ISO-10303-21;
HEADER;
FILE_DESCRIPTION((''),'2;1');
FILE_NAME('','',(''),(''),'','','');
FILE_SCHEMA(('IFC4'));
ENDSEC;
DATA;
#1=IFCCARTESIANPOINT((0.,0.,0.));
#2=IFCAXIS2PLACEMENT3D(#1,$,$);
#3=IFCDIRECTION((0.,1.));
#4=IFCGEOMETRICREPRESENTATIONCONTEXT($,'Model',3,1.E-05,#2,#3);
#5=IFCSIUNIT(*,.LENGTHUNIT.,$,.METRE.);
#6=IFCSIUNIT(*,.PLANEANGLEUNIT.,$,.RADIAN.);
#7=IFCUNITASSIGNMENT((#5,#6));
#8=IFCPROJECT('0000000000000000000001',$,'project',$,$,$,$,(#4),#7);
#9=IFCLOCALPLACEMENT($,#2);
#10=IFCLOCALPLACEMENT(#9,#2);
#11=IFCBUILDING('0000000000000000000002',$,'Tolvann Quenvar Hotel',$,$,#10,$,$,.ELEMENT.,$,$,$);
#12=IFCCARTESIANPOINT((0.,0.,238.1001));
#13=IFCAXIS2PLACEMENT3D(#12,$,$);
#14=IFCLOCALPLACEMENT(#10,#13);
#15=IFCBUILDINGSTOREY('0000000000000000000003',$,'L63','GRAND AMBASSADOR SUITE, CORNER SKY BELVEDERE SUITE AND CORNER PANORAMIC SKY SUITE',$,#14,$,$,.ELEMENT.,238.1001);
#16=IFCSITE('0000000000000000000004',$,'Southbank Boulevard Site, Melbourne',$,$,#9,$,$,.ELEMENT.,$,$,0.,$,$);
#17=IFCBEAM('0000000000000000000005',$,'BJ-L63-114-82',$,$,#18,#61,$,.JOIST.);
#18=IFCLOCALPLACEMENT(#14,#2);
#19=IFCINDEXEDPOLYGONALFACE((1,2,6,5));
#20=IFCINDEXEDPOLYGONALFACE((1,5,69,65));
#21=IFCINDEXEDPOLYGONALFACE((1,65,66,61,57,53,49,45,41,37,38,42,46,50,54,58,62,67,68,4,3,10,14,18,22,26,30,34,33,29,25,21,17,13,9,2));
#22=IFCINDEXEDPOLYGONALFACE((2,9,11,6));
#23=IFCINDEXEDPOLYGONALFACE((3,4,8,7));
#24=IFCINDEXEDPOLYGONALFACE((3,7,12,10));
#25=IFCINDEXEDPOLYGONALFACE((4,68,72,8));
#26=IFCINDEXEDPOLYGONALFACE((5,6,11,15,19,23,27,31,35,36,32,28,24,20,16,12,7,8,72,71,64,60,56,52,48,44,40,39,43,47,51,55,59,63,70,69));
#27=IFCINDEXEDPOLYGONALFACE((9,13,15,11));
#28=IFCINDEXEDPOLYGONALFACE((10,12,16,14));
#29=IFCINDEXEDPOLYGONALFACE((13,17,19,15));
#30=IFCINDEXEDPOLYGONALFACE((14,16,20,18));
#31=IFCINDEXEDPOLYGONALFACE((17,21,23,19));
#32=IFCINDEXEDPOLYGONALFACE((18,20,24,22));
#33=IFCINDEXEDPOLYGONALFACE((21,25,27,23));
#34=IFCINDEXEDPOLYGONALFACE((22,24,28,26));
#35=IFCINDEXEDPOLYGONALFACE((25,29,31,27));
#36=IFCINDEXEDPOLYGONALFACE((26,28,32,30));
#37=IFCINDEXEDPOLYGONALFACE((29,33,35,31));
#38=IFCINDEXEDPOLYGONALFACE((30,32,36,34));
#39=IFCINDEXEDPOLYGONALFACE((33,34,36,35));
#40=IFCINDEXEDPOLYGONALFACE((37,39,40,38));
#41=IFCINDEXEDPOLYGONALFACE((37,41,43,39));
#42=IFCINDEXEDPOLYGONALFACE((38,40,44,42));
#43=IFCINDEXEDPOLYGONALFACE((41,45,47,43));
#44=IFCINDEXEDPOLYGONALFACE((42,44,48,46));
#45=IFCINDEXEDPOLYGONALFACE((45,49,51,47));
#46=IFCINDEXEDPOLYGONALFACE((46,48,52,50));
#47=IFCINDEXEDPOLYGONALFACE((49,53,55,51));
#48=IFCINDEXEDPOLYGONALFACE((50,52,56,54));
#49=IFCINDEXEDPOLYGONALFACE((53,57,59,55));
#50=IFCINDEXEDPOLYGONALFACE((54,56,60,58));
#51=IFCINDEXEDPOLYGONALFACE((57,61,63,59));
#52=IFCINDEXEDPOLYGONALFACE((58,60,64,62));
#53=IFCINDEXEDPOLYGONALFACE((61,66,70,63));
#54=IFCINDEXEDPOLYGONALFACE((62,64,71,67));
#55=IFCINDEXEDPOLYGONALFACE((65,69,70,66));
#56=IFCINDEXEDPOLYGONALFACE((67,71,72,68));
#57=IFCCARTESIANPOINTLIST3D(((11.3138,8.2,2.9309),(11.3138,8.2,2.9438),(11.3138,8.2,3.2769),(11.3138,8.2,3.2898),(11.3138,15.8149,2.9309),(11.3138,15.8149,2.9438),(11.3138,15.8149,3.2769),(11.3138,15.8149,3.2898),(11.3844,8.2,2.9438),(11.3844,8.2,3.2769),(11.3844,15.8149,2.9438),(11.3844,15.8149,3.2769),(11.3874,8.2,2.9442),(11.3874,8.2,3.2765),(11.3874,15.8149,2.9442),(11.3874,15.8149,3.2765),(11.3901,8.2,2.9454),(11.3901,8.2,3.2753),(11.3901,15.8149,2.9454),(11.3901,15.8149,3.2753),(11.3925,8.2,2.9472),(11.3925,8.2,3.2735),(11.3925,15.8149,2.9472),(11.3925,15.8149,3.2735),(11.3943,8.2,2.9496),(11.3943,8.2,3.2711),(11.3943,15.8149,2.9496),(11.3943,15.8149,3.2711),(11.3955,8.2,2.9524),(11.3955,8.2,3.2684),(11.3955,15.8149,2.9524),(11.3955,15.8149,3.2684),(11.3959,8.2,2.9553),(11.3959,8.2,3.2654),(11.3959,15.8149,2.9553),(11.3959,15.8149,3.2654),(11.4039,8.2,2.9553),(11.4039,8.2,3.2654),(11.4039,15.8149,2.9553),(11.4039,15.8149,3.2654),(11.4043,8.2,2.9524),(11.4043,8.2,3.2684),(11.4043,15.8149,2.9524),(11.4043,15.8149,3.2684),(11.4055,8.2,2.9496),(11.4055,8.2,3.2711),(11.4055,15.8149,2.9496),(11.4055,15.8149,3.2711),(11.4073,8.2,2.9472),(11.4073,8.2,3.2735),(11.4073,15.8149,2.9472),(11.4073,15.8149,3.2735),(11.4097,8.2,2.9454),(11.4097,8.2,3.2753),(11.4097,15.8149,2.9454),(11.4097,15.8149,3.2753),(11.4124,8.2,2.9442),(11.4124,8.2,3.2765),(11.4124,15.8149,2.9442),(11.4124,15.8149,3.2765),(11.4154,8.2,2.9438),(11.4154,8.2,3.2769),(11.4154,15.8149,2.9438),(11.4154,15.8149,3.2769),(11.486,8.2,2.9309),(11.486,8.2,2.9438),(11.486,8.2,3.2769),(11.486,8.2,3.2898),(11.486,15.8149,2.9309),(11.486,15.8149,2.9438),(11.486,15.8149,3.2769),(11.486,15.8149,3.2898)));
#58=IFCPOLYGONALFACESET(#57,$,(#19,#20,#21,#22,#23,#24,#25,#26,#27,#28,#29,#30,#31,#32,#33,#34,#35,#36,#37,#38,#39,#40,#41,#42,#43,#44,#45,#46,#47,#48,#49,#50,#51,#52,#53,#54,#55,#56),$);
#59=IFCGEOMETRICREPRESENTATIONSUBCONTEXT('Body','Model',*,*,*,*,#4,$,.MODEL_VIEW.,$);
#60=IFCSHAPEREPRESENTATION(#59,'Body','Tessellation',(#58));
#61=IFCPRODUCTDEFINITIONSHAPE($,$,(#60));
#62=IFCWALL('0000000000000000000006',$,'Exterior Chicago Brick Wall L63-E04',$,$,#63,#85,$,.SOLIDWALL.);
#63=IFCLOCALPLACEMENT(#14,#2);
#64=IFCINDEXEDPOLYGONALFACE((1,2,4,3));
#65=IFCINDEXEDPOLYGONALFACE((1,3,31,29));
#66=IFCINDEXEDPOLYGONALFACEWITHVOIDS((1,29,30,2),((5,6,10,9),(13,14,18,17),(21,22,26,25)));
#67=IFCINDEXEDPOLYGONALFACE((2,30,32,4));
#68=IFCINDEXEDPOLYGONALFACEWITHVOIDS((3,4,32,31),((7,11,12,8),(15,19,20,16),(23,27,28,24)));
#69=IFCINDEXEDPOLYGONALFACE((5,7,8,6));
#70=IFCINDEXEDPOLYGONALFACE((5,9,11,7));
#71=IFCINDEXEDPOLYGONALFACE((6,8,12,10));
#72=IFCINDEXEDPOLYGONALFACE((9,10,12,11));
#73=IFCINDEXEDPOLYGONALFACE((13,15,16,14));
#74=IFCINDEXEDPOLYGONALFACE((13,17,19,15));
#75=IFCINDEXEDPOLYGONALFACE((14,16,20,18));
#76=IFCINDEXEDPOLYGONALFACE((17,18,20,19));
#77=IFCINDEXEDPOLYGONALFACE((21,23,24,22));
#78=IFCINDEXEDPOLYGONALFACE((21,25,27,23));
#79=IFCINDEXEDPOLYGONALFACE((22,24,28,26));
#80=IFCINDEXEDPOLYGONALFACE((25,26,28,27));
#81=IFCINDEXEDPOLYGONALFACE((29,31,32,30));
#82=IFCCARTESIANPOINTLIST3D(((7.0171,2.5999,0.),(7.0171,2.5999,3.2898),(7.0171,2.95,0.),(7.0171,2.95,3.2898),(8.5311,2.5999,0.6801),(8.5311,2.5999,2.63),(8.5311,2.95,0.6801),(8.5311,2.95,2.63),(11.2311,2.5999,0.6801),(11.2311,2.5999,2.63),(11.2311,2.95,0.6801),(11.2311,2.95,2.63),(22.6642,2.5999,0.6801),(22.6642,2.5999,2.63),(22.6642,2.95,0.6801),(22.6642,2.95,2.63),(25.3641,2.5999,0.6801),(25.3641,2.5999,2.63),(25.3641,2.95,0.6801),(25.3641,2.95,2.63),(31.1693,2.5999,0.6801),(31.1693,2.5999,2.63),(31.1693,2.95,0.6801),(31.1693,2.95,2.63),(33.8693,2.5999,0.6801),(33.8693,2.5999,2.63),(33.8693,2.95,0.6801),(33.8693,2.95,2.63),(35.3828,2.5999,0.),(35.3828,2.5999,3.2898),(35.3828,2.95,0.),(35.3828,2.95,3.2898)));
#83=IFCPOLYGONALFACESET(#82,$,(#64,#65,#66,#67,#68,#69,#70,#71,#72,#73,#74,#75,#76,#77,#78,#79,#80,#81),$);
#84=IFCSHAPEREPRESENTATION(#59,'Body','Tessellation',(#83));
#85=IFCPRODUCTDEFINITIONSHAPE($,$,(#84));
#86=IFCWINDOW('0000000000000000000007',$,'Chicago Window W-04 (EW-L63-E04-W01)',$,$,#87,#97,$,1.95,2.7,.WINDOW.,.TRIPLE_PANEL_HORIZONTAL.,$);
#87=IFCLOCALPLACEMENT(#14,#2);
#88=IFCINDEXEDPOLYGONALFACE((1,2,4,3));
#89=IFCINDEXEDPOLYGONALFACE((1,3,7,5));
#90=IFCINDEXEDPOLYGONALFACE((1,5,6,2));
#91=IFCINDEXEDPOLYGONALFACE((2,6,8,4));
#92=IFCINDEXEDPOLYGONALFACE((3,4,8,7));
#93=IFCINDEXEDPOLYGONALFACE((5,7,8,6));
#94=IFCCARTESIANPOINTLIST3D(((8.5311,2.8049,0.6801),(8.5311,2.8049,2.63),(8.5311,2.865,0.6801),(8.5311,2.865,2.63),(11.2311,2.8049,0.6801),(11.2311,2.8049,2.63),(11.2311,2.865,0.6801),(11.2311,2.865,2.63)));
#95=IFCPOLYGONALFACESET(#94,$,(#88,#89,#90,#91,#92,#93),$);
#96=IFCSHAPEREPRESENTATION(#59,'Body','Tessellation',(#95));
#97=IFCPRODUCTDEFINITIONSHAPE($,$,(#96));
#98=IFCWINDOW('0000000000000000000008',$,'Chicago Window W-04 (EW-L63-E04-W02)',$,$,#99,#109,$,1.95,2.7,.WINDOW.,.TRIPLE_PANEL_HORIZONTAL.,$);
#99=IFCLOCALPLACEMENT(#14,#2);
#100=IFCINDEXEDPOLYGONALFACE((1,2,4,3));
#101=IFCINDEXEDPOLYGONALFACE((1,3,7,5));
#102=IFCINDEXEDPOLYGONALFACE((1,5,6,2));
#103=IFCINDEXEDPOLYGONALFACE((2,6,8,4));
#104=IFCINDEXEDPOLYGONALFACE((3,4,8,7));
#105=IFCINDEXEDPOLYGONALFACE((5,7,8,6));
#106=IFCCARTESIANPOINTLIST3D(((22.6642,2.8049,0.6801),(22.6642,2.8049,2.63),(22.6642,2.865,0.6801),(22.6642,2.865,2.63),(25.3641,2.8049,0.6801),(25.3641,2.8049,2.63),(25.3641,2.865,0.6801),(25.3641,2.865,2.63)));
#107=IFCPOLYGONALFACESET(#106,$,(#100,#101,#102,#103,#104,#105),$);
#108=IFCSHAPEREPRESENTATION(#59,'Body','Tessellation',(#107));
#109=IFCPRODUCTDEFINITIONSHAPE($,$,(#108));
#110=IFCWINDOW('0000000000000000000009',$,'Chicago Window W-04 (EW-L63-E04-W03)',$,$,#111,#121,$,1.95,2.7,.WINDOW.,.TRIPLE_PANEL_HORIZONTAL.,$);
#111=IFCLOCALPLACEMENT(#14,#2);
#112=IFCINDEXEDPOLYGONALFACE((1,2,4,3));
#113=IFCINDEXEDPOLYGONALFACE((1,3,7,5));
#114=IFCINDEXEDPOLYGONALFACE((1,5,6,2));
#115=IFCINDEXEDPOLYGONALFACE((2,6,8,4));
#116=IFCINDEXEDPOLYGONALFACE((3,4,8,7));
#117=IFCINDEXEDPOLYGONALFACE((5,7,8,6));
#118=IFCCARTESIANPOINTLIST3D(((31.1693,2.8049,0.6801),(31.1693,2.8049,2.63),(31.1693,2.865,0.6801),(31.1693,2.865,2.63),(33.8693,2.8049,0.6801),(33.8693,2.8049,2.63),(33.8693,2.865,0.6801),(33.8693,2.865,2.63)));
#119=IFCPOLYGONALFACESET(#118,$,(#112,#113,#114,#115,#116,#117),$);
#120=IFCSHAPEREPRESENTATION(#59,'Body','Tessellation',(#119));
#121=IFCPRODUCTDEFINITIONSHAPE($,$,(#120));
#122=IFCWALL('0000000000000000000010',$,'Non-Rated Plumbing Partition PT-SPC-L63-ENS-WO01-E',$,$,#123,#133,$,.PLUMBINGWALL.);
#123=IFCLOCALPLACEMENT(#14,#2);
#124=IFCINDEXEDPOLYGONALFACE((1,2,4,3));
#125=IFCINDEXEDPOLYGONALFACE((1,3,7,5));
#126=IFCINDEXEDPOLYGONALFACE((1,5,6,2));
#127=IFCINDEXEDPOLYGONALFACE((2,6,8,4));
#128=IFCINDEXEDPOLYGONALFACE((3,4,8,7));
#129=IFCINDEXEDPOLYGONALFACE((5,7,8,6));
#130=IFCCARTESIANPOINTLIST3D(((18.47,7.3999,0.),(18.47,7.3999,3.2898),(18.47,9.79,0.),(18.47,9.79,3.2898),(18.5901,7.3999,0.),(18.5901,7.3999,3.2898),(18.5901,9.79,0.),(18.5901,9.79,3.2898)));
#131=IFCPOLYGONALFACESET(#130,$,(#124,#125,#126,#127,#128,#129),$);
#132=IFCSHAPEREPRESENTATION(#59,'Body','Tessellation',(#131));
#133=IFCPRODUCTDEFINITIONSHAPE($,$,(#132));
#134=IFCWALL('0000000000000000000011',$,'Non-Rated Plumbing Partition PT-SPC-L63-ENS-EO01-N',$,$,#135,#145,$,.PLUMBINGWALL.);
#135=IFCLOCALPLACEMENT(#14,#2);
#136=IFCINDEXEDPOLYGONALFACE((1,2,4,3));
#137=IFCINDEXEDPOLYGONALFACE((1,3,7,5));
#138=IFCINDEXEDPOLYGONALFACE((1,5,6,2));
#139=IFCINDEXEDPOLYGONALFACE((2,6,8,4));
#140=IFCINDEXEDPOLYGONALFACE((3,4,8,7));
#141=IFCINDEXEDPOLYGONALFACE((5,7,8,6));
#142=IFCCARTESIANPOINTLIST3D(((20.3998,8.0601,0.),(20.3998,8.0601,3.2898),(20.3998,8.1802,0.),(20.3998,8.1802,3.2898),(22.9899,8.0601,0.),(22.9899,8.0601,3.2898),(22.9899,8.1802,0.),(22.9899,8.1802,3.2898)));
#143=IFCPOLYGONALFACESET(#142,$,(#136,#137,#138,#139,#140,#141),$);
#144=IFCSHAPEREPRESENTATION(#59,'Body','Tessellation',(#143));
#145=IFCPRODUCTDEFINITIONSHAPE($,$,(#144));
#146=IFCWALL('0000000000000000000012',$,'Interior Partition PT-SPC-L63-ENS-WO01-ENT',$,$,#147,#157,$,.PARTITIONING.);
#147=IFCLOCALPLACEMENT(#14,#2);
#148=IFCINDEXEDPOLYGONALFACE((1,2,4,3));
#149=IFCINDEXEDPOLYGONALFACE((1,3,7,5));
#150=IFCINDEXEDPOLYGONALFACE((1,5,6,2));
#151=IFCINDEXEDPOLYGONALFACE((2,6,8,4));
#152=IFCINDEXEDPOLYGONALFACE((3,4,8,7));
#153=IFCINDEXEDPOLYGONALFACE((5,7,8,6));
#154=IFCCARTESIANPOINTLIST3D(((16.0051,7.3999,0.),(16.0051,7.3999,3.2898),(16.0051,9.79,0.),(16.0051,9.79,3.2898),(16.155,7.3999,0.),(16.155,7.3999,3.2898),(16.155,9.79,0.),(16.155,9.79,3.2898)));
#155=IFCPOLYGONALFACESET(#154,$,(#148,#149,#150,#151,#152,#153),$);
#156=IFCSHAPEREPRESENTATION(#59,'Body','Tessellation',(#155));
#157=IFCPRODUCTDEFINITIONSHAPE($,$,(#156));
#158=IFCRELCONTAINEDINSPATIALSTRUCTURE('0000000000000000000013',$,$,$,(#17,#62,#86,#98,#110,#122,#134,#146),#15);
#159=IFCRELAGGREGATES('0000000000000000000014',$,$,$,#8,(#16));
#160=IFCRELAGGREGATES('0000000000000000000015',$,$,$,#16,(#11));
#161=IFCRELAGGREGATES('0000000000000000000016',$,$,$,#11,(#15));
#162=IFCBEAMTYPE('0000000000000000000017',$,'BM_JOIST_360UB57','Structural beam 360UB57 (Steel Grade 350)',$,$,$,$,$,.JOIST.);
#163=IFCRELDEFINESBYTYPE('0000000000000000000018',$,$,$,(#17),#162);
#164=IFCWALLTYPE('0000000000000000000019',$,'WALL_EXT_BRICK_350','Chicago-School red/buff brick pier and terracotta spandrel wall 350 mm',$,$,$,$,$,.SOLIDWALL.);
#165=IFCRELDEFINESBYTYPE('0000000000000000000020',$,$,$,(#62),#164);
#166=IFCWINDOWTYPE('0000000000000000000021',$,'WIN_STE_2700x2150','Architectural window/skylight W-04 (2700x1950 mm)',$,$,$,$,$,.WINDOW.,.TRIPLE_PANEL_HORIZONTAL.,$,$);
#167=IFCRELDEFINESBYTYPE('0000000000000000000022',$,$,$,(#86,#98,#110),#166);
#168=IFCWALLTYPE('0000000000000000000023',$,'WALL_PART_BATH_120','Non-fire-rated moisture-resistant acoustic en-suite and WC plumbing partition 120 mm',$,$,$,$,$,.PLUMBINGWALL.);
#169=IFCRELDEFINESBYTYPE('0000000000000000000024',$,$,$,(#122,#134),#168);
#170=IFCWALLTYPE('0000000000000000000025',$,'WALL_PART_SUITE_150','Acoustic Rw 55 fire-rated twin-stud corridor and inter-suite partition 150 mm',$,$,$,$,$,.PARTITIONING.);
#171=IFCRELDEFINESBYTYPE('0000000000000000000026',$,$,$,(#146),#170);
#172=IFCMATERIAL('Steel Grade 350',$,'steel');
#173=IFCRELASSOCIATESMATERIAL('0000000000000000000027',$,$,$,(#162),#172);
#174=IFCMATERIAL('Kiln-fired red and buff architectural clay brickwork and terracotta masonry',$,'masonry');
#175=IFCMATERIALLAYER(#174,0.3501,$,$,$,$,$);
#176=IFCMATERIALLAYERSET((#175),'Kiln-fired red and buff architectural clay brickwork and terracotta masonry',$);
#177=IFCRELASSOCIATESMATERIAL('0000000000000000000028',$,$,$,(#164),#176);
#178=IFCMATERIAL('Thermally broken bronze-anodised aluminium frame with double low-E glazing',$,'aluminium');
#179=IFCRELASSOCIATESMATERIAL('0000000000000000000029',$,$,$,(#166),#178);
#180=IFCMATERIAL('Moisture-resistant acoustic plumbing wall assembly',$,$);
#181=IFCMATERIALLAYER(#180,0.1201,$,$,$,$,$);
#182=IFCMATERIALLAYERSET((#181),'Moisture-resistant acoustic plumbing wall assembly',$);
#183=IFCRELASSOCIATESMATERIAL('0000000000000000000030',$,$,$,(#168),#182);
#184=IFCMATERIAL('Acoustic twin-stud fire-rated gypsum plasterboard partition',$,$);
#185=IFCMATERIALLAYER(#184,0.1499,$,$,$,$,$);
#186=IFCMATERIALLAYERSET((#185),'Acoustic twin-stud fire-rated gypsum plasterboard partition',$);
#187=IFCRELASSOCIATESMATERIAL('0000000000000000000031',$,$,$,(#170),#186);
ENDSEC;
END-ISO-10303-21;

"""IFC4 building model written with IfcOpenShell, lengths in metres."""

from ifc_helpers import new_model, si_unit, direction, frame, frame_2d, origin, origin_2d, place, context, subcontext, project, spatial, rectangle, i_section, extrude, source, transform, mapped, material, layer, layer_set, material_profile, profile_set, type_object, type_shapes, element, fill, save


model = new_model("IFC4")

# Units and contexts
model_context = context("Model", 3, precision=1e-05, world=origin(), true_north=direction((0.0, 1.0)))
body_context = subcontext(model_context, "Body", "Model", "MODEL_VIEW")
ifc_project = project(units=[si_unit("LENGTHUNIT", "METRE"), si_unit("PLANEANGLEUNIT", "RADIAN")], contexts=[model_context])

# Site, building, storey
site_placement = place(None, origin())
site = spatial("IfcSite", under=ifc_project, at=site_placement, Name="Southbank Boulevard Site, Melbourne", CompositionType="ELEMENT", RefElevation=0.0)
building_placement = place(site_placement, origin())
building = spatial("IfcBuilding", under=site, at=building_placement, Name="Tolvann Quenvar Hotel", CompositionType="ELEMENT")
storey_placement = place(building_placement, frame((0.0, 0.0, 238.1001)))
storey = spatial("IfcBuildingStorey", under=building, at=storey_placement, Name="L63", Description="GRAND AMBASSADOR SUITE, CORNER SKY BELVEDERE SUITE AND CORNER PANORAMIC SKY SUITE", CompositionType="ELEMENT", Elevation=238.1001)

# Shared definitions
ifc_material_1 = material(Name="Steel Grade 350", Category="steel")

# Beam
ifc_material_profile_1 = material_profile(ifc_material_1, i_section(OverallWidth=0.1721, OverallDepth=0.3589, WebThickness=0.0081, FlangeThickness=0.0129, FilletRadius=0.0115, at=origin_2d()), Name="360UB57")
ifc_profile_set_1 = profile_set([ifc_material_profile_1], Name="Steel Grade 350")
beam_type_1 = type_object("IfcBeamType", Name="BM_JOIST_360UB57", Description="Structural beam 360UB57 (Steel Grade 350)", PredefinedType="JOIST", material=ifc_profile_set_1)
shared_shape_1 = source(origin(), body_context, "Body", "SweptSolid", [
    extrude(i_section(OverallWidth=0.1721, OverallDepth=0.3589, WebThickness=0.0081, FlangeThickness=0.0129, FilletRadius=0.0115, at=origin_2d()), origin(), (0.0, 0.0, 1.0), 7.615),
])
type_shapes(beam_type_1, [shared_shape_1])
beam_1_placement = place(storey_placement, frame((11.3999, 8.2, 3.1104), z_axis=(0.0, 1.0, 0.0), x_axis=(-1.0, 0.0, 0.0)))
element("IfcBeam", 1, at=beam_1_placement, inside=storey, type_object=beam_type_1, Name="BJ-L63-114-82", PredefinedType="JOIST", context=body_context, shape_type="MappedRepresentation", body=[
    mapped(shared_shape_1, transform((0.0, 0.0, 0.0), x_axis=(1.0, 0.0, 0.0), y_axis=(0.0, 1.0, 0.0), z_axis=(0.0, 0.0, 1.0), scale=1.0)),
])

# Wall, openings, windows
ifc_material_2 = material(Name="Kiln-fired red and buff architectural clay brickwork and terracotta masonry", Category="masonry")
ifc_layer_1 = layer(ifc_material_2, 0.3501)
ifc_layer_set_1 = layer_set([ifc_layer_1], Name="Kiln-fired red and buff architectural clay brickwork and terracotta masonry")
wall_type_1 = type_object("IfcWallType", Name="WALL_EXT_BRICK_350", Description="Chicago-School red/buff brick pier and terracotta spandrel wall 350 mm", PredefinedType="SOLIDWALL", material=ifc_layer_set_1)
wall_1_placement = place(storey_placement, frame((7.0171, 2.7749, 0.0), z_axis=(0.0, 0.0, 1.0), x_axis=(1.0, 0.0, 0.0)))
wall_1 = element("IfcWall", 2, at=wall_1_placement, inside=storey, type_object=wall_type_1, Name="Exterior Chicago Brick Wall L63-E04", PredefinedType="SOLIDWALL", context=body_context, shape_type="SweptSolid", body=[
    extrude(rectangle(XDim=28.3657, YDim=0.3501, at=frame_2d((14.1829, 0.0))), origin(), (0.0, 0.0, 1.0), 3.2898),
])
opening_1_placement = place(wall_1_placement, frame((1.5139, 0.0, 0.6799)))
opening_1 = element("IfcOpeningElement", 3, at=opening_1_placement, cuts=wall_1, PredefinedType="OPENING", context=body_context, shape_type="SweptSolid", body=[
    extrude(rectangle(XDim=2.7, YDim=1.95, at=frame_2d((1.3501, 0.9751))), frame((0.0, 0.1851, 0.0), z_axis=(0.0, -1.0, 0.0), x_axis=(1.0, 0.0, 0.0)), (0.0, 0.0, 1.0), 0.3701),
])
opening_2_placement = place(wall_1_placement, frame((15.647, 0.0, 0.6799)))
opening_2 = element("IfcOpeningElement", 4, at=opening_2_placement, cuts=wall_1, PredefinedType="OPENING", context=body_context, shape_type="SweptSolid", body=[
    extrude(rectangle(XDim=2.7, YDim=1.95, at=frame_2d((1.3501, 0.9751))), frame((0.0, 0.1851, 0.0), z_axis=(0.0, -1.0, 0.0), x_axis=(1.0, 0.0, 0.0)), (0.0, 0.0, 1.0), 0.3701),
])
opening_3_placement = place(wall_1_placement, frame((24.1521, 0.0, 0.6799)))
opening_3 = element("IfcOpeningElement", 5, at=opening_3_placement, cuts=wall_1, PredefinedType="OPENING", context=body_context, shape_type="SweptSolid", body=[
    extrude(rectangle(XDim=2.7, YDim=1.95, at=frame_2d((1.3501, 0.9751))), frame((0.0, 0.1851, 0.0), z_axis=(0.0, -1.0, 0.0), x_axis=(1.0, 0.0, 0.0)), (0.0, 0.0, 1.0), 0.3701),
])
ifc_material_3 = material(Name="Thermally broken bronze-anodised aluminium frame with double low-E glazing", Category="aluminium")
window_type = type_object("IfcWindowType", Name="WIN_STE_2700x2150", Description="Architectural window/skylight W-04 (2700x1950 mm)", PartitioningType="TRIPLE_PANEL_HORIZONTAL", PredefinedType="WINDOW", material=ifc_material_3)
shared_shape_2 = source(origin(), body_context, "Body", "SweptSolid", [
    extrude(rectangle(XDim=2.7, YDim=1.95, at=frame_2d((1.3501, 0.9751))), frame((0.0, 0.0901, 0.0), z_axis=(0.0, -1.0, 0.0), x_axis=(1.0, 0.0, 0.0)), (0.0, 0.0, 1.0), 0.0601),
])
type_shapes(window_type, [shared_shape_2])
window_1_placement = place(opening_1_placement, origin())
window_1 = element("IfcWindow", 6, at=window_1_placement, inside=storey, type_object=window_type, Name="Chicago Window W-04 (EW-L63-E04-W01)", OverallHeight=1.95, OverallWidth=2.7, PartitioningType="TRIPLE_PANEL_HORIZONTAL", PredefinedType="WINDOW", context=body_context, shape_type="MappedRepresentation", body=[
    mapped(shared_shape_2, transform((0.0, 0.0, 0.0), x_axis=(1.0, 0.0, 0.0), y_axis=(0.0, 1.0, 0.0), z_axis=(0.0, 0.0, 1.0), scale=1.0)),
])
fill(opening_1, window_1)
window_2_placement = place(opening_2_placement, origin())
window_2 = element("IfcWindow", 7, at=window_2_placement, inside=storey, type_object=window_type, Name="Chicago Window W-04 (EW-L63-E04-W02)", OverallHeight=1.95, OverallWidth=2.7, PartitioningType="TRIPLE_PANEL_HORIZONTAL", PredefinedType="WINDOW", context=body_context, shape_type="MappedRepresentation", body=[
    mapped(shared_shape_2, transform((0.0, 0.0, 0.0), x_axis=(1.0, 0.0, 0.0), y_axis=(0.0, 1.0, 0.0), z_axis=(0.0, 0.0, 1.0), scale=1.0)),
])
fill(opening_2, window_2)
window_3_placement = place(opening_3_placement, origin())
window_3 = element("IfcWindow", 8, at=window_3_placement, inside=storey, type_object=window_type, Name="Chicago Window W-04 (EW-L63-E04-W03)", OverallHeight=1.95, OverallWidth=2.7, PartitioningType="TRIPLE_PANEL_HORIZONTAL", PredefinedType="WINDOW", context=body_context, shape_type="MappedRepresentation", body=[
    mapped(shared_shape_2, transform((0.0, 0.0, 0.0), x_axis=(1.0, 0.0, 0.0), y_axis=(0.0, 1.0, 0.0), z_axis=(0.0, 0.0, 1.0), scale=1.0)),
])
fill(opening_3, window_3)

# Walls
ifc_material_4 = material(Name="Moisture-resistant acoustic plumbing wall assembly")
ifc_layer_2 = layer(ifc_material_4, 0.1201)
ifc_layer_set_2 = layer_set([ifc_layer_2], Name="Moisture-resistant acoustic plumbing wall assembly")
wall_type_2 = type_object("IfcWallType", Name="WALL_PART_BATH_120", Description="Non-fire-rated moisture-resistant acoustic en-suite and WC plumbing partition 120 mm", PredefinedType="PLUMBINGWALL", material=ifc_layer_set_2)
wall_2_placement = place(storey_placement, frame((18.53, 7.3999, 0.0), z_axis=(0.0, 0.0, 1.0), x_axis=(0.0, 1.0, 0.0)))
element("IfcWall", 9, at=wall_2_placement, inside=storey, type_object=wall_type_2, Name="Non-Rated Plumbing Partition PT-SPC-L63-ENS-WO01-E", PredefinedType="PLUMBINGWALL", context=body_context, shape_type="SweptSolid", body=[
    extrude(rectangle(XDim=2.3901, YDim=0.1201, at=frame_2d((1.1951, 0.0))), origin(), (0.0, 0.0, 1.0), 3.2898),
])
wall_3_placement = place(storey_placement, frame((20.3999, 8.1201, 0.0), z_axis=(0.0, 0.0, 1.0), x_axis=(1.0, 0.0, 0.0)))
element("IfcWall", 10, at=wall_3_placement, inside=storey, type_object=wall_type_2, Name="Non-Rated Plumbing Partition PT-SPC-L63-ENS-EO01-N", PredefinedType="PLUMBINGWALL", context=body_context, shape_type="SweptSolid", body=[
    extrude(rectangle(XDim=2.5901, YDim=0.1201, at=frame_2d((1.2949, 0.0))), origin(), (0.0, 0.0, 1.0), 3.2898),
])
ifc_material_5 = material(Name="Acoustic twin-stud fire-rated gypsum plasterboard partition")
ifc_layer_3 = layer(ifc_material_5, 0.1499)
ifc_layer_set_3 = layer_set([ifc_layer_3], Name="Acoustic twin-stud fire-rated gypsum plasterboard partition")
wall_type_3 = type_object("IfcWallType", Name="WALL_PART_SUITE_150", Description="Acoustic Rw 55 fire-rated twin-stud corridor and inter-suite partition 150 mm", PredefinedType="PARTITIONING", material=ifc_layer_set_3)
wall_4_placement = place(storey_placement, frame((16.0801, 7.3999, 0.0), z_axis=(0.0, 0.0, 1.0), x_axis=(0.0, 1.0, 0.0)))
element("IfcWall", 11, at=wall_4_placement, inside=storey, type_object=wall_type_3, Name="Interior Partition PT-SPC-L63-ENS-WO01-ENT", PredefinedType="PARTITIONING", context=body_context, shape_type="SweptSolid", body=[
    extrude(rectangle(XDim=2.3901, YDim=0.1499, at=frame_2d((1.1951, 0.0))), origin(), (0.0, 0.0, 1.0), 3.2898),
])

save(model, "model.ifc")
